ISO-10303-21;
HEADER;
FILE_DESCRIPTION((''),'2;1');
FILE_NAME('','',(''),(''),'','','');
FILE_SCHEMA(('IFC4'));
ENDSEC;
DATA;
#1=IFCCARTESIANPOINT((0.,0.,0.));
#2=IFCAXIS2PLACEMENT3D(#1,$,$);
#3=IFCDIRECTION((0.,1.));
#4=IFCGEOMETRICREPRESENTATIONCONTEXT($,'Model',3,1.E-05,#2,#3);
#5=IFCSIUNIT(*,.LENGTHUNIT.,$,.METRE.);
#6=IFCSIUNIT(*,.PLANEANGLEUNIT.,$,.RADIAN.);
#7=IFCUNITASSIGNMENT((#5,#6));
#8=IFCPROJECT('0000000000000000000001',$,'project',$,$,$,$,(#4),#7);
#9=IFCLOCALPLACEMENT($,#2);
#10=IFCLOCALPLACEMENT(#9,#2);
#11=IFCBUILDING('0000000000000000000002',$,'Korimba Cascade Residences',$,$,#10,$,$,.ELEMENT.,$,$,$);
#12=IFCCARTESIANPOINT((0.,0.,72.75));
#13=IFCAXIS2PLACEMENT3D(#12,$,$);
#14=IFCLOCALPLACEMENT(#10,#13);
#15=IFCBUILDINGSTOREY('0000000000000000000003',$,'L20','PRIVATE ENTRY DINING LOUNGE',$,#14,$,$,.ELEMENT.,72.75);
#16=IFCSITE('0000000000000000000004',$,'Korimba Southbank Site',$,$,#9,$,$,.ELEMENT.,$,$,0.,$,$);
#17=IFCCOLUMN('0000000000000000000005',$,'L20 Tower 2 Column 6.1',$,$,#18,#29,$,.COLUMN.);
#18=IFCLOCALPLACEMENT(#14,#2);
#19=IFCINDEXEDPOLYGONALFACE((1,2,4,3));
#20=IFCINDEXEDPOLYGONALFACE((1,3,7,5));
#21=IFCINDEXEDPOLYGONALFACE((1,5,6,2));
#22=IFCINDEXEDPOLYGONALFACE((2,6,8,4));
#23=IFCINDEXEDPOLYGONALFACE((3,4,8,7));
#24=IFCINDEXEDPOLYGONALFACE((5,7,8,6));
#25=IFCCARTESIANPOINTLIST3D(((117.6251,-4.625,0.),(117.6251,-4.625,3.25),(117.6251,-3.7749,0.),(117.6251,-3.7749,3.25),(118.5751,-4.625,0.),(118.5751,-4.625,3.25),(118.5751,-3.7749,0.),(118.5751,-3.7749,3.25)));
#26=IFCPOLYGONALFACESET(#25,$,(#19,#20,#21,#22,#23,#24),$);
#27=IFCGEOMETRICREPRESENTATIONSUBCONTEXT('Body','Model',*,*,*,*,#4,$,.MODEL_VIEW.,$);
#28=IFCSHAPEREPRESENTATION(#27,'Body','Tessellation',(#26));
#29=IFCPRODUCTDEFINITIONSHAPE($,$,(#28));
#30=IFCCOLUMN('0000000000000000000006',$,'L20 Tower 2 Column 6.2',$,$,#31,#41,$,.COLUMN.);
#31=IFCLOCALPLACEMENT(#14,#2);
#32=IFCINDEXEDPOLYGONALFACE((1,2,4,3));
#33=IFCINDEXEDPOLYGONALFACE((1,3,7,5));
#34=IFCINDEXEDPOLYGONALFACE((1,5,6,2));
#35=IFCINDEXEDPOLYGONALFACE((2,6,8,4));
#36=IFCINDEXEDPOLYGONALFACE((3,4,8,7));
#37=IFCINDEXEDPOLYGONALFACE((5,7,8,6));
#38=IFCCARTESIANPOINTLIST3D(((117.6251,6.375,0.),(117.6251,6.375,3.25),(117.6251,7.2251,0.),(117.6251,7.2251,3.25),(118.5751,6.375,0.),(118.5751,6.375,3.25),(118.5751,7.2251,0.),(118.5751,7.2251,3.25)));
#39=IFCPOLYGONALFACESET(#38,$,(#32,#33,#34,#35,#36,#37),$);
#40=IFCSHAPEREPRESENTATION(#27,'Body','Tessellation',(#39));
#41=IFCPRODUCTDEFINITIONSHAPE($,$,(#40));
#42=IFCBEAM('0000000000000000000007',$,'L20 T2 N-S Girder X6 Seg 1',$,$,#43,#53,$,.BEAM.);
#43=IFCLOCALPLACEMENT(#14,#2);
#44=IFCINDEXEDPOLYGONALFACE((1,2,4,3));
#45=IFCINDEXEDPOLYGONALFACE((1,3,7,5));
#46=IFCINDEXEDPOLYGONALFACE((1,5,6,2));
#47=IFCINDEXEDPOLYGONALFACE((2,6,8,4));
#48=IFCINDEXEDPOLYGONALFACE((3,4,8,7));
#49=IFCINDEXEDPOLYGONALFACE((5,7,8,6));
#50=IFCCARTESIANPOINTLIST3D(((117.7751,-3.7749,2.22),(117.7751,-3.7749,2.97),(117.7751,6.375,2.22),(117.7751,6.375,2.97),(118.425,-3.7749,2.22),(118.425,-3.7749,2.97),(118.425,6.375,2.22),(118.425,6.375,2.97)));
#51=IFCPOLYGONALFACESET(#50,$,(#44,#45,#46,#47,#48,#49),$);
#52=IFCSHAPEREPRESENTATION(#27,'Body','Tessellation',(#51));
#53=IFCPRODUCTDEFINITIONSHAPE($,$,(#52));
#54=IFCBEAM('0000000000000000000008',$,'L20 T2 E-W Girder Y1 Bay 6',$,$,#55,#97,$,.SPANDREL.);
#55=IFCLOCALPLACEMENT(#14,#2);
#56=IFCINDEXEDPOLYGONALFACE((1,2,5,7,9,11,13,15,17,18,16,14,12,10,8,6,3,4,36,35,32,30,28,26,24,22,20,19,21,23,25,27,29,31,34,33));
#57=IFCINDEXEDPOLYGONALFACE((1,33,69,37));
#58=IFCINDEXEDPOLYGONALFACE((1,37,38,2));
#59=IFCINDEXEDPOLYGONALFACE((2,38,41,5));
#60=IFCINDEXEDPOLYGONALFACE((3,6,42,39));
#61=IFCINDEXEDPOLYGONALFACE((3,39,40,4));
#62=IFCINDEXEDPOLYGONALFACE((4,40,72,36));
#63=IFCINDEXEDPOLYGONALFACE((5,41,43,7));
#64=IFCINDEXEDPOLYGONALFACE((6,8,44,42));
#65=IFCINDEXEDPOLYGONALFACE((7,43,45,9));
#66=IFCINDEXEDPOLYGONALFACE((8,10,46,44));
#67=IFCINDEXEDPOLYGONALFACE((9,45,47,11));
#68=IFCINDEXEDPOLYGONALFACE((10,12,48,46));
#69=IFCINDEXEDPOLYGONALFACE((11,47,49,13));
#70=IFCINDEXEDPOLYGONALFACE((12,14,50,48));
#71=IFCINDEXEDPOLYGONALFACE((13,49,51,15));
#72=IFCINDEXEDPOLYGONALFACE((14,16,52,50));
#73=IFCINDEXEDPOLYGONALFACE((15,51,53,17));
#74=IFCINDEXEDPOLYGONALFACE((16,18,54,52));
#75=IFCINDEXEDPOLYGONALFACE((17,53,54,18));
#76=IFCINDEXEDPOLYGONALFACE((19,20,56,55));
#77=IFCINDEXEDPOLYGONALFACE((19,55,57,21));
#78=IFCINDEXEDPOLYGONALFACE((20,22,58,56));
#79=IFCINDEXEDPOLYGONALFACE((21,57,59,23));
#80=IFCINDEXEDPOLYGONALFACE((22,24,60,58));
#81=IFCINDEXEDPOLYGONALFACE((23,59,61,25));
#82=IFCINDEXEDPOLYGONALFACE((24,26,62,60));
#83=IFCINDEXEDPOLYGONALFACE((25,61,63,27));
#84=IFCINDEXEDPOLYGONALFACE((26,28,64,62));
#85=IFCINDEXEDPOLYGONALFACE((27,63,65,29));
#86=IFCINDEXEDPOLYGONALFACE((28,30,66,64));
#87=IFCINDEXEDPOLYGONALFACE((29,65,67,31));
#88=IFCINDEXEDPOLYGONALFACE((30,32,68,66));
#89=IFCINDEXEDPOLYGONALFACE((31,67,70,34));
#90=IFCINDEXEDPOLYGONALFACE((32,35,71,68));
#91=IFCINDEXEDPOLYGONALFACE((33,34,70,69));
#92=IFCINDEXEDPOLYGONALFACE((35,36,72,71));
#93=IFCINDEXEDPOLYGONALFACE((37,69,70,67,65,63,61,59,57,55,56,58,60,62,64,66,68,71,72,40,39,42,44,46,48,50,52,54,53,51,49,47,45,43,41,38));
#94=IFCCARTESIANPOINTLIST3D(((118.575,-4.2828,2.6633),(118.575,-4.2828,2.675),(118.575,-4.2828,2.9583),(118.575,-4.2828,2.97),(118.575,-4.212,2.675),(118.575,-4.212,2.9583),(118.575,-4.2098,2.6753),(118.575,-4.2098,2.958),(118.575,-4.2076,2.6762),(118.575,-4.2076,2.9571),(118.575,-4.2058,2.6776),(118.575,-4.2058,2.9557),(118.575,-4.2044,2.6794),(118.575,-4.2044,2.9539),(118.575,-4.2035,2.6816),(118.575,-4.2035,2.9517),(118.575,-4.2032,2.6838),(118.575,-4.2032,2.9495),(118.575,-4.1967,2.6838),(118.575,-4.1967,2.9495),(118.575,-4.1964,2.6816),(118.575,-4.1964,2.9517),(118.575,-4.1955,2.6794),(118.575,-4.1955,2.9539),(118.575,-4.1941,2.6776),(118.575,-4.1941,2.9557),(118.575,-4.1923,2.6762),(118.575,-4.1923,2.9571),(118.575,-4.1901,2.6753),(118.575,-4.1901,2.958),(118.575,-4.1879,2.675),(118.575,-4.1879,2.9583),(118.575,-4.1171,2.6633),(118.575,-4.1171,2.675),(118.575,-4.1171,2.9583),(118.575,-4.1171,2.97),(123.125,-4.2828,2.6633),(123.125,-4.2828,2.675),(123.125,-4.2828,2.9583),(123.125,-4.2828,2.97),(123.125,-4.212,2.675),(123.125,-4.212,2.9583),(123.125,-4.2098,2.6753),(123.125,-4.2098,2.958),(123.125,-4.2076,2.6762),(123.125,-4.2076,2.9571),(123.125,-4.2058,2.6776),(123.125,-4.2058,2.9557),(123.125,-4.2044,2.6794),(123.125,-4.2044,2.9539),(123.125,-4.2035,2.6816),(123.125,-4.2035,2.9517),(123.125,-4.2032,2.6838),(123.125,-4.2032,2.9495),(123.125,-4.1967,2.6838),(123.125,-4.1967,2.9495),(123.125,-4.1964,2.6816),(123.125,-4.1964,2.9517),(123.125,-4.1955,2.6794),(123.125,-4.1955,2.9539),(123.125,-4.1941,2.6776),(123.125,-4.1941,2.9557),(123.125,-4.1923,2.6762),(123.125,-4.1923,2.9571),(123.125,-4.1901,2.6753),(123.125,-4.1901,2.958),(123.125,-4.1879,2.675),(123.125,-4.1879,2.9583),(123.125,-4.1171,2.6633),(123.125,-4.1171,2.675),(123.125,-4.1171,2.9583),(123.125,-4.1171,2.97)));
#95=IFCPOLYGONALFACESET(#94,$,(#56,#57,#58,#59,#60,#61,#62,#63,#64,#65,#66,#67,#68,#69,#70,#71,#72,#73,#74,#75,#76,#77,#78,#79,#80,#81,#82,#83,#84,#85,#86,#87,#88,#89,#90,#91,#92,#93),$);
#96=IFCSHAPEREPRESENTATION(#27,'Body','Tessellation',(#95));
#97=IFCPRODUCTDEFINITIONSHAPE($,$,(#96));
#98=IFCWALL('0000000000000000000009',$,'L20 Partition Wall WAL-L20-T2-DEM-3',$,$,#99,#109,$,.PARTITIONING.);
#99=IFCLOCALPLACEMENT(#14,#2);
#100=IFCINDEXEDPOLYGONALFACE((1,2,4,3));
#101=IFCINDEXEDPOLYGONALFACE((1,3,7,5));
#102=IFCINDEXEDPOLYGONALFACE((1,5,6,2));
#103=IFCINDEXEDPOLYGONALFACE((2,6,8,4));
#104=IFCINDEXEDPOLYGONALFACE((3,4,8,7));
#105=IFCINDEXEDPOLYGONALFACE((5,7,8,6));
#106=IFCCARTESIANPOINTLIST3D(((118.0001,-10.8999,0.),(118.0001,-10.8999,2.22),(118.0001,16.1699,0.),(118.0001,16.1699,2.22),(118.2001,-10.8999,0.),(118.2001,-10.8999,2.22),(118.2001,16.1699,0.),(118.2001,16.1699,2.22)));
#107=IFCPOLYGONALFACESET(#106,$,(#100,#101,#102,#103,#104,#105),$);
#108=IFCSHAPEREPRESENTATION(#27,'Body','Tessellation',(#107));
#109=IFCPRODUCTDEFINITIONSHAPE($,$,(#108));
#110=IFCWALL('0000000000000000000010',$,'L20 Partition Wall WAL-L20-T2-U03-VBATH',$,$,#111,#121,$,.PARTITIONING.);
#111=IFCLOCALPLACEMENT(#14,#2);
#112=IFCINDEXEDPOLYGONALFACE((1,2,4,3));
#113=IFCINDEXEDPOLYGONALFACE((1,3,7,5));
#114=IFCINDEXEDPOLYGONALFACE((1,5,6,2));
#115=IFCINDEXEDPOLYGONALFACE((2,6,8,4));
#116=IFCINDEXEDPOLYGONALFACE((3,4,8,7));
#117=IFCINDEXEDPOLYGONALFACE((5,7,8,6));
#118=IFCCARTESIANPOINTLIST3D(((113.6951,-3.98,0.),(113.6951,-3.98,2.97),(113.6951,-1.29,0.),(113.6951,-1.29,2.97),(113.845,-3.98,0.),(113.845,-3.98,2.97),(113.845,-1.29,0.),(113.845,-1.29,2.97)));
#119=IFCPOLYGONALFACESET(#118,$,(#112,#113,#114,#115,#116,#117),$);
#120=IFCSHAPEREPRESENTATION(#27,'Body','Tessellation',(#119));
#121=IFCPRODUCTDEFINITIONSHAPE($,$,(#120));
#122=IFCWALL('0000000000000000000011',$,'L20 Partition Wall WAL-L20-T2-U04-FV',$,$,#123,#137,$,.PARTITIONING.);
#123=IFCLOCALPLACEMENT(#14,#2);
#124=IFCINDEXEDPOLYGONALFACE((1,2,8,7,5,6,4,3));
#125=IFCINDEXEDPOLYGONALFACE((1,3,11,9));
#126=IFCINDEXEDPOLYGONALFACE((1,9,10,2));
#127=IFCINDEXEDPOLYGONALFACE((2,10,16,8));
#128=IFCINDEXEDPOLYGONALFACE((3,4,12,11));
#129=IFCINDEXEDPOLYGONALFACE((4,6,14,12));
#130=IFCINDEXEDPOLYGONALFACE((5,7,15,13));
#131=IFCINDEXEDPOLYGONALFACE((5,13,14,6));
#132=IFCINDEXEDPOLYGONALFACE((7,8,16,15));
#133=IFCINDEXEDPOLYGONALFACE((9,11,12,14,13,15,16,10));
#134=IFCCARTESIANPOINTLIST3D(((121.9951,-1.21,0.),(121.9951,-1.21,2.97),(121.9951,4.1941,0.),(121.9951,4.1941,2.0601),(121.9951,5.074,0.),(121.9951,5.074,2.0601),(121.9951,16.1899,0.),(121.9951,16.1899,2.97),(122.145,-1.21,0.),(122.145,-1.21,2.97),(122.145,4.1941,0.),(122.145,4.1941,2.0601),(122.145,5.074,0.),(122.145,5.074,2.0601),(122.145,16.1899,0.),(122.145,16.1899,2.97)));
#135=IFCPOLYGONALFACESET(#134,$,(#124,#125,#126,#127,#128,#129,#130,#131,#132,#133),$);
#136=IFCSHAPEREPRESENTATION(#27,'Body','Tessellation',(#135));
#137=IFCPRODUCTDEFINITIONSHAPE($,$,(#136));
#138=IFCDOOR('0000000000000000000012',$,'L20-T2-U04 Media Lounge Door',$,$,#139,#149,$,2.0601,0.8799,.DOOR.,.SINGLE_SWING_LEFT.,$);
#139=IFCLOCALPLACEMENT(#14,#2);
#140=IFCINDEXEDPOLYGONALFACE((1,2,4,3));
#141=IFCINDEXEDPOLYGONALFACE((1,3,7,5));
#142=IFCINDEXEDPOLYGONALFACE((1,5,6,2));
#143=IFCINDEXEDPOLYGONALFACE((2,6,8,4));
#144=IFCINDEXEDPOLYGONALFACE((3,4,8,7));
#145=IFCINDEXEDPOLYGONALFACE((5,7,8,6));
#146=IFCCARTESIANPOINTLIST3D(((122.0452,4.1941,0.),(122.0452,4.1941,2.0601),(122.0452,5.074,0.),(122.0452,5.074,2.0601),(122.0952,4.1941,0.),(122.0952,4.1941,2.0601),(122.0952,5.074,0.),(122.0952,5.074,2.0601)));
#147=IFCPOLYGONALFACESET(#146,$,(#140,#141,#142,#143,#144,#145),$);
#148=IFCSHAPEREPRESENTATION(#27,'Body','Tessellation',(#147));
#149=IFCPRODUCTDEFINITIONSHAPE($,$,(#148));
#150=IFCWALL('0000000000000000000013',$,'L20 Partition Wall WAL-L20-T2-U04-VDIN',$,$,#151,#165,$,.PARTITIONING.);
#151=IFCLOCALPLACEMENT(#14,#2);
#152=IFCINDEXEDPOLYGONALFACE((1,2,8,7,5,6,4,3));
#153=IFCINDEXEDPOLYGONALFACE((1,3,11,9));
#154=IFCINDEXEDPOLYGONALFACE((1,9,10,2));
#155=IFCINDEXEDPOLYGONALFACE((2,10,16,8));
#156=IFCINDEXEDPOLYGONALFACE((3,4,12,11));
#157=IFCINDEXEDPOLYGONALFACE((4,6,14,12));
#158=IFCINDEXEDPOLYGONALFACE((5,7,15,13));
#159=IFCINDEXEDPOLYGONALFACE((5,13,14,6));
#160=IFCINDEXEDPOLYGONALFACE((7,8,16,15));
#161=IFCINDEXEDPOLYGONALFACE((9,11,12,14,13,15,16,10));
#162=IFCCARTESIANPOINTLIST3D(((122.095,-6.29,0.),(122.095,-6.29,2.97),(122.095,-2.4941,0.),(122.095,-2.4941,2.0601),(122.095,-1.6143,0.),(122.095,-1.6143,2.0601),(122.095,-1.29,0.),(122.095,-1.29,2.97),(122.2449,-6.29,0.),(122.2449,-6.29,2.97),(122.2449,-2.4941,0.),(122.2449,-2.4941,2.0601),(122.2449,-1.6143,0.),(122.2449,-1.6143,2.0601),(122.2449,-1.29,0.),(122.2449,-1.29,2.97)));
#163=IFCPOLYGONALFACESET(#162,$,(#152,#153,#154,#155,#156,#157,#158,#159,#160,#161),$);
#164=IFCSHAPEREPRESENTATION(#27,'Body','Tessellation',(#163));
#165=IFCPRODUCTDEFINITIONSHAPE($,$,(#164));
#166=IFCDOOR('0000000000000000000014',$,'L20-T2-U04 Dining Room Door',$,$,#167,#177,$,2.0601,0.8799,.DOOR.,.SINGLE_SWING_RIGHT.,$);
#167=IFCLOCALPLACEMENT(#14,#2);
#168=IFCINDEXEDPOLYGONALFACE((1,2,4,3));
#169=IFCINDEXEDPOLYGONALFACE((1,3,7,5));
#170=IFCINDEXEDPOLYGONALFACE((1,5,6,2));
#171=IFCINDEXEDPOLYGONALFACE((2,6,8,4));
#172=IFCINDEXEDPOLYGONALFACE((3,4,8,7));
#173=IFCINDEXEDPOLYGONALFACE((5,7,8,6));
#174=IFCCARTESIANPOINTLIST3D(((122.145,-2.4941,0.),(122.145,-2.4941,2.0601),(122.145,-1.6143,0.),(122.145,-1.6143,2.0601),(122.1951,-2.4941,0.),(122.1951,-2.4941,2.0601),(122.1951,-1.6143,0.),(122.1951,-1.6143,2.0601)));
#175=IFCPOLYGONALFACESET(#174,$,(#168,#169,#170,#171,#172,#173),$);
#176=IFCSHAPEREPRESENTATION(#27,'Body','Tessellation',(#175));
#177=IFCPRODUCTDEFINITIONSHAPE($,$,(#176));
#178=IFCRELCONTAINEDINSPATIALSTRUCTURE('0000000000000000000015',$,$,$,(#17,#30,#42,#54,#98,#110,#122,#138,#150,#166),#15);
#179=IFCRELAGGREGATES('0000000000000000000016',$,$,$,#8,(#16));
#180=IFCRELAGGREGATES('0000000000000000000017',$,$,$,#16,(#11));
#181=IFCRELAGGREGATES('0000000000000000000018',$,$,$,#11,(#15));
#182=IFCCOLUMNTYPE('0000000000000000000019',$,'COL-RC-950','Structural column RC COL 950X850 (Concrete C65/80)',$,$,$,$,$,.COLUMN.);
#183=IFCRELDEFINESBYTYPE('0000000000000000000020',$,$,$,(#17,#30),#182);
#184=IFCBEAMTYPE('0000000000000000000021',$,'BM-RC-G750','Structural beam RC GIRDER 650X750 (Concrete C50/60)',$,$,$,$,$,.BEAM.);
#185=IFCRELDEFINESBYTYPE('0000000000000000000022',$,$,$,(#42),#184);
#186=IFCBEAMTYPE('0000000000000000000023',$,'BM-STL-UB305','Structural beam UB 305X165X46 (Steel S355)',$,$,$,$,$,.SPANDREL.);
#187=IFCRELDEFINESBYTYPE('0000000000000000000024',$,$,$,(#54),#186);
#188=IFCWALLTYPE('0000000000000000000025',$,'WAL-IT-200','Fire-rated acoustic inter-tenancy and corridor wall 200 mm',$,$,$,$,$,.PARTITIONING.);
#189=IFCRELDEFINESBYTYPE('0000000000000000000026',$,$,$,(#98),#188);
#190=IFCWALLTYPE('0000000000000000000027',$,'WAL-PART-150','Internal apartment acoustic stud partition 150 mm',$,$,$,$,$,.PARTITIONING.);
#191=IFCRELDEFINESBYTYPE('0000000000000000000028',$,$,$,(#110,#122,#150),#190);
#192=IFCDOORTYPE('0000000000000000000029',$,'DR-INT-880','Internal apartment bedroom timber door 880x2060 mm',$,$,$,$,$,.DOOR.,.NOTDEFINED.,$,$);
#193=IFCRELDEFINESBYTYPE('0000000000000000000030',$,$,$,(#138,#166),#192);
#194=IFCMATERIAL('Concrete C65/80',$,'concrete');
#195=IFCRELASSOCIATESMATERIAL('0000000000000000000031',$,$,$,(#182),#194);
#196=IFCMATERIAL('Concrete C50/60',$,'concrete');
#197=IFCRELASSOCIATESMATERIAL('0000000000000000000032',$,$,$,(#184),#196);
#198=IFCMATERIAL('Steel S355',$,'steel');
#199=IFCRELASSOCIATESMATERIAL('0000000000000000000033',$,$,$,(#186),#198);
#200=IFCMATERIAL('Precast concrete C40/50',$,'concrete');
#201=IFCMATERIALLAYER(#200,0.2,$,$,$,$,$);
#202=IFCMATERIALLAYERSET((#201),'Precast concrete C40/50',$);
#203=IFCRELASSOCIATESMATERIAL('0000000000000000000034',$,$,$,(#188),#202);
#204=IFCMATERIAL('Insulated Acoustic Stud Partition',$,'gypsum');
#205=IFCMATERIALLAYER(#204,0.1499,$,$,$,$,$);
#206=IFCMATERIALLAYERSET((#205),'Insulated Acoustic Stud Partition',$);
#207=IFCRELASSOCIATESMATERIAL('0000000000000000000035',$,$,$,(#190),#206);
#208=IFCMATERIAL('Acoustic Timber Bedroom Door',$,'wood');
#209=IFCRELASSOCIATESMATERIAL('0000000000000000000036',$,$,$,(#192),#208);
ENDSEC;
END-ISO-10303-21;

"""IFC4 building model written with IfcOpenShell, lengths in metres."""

from ifc_helpers import new_model, si_unit, direction, frame, frame_2d, origin, origin_2d, place, context, subcontext, project, spatial, rectangle, i_section, extrude, material, layer, layer_set, material_profile, profile_set, type_object, element, fill, save


model = new_model("IFC4")

# Units and contexts
model_context = context("Model", 3, precision=1e-05, world=origin(), true_north=direction((0.0, 1.0)))
body_context = subcontext(model_context, "Body", "Model", "MODEL_VIEW")
ifc_project = project(units=[si_unit("LENGTHUNIT", "METRE"), si_unit("PLANEANGLEUNIT", "RADIAN")], contexts=[model_context])

# Site, building, storey
site_placement = place(None, origin())
site = spatial("IfcSite", under=ifc_project, at=site_placement, Name="Korimba Southbank Site", CompositionType="ELEMENT", RefElevation=0.0)
building_placement = place(site_placement, origin())
building = spatial("IfcBuilding", under=site, at=building_placement, Name="Korimba Cascade Residences", CompositionType="ELEMENT")
storey_placement = place(building_placement, frame((0.0, 0.0, 72.75)))
storey = spatial("IfcBuildingStorey", under=building, at=storey_placement, Name="L20", Description="PRIVATE ENTRY DINING LOUNGE", CompositionType="ELEMENT", Elevation=72.75)

# Columns
ifc_material_1 = material(Name="Concrete C65/80", Category="concrete")
ifc_material_profile_1 = material_profile(ifc_material_1, rectangle(XDim=0.95, YDim=0.8501, at=origin_2d()), Name="Concrete C65/80")
ifc_profile_set_1 = profile_set([ifc_material_profile_1], Name="Concrete C65/80")
column_type = type_object("IfcColumnType", Name="COL-RC-950", Description="Structural column RC COL 950X850 (Concrete C65/80)", PredefinedType="COLUMN", material=ifc_profile_set_1)
for number, where, z_axis, x_axis, name in (
    (1, (118.1001, -4.2, 0.0), (0.0, 0.0, 1.0), (1.0, 0.0, 0.0), "L20 Tower 2 Column 6.1"),
    (2, (118.1001, 6.8, 0.0), (0.0, 0.0, 1.0), (1.0, 0.0, 0.0), "L20 Tower 2 Column 6.2"),
):
    element("IfcColumn", number, at=place(storey_placement, frame(where, z_axis=z_axis, x_axis=x_axis)), inside=storey, type_object=column_type, Name=name, PredefinedType="COLUMN", context=body_context, shape_type="SweptSolid", body=[
        extrude(rectangle(XDim=0.95, YDim=0.8501, at=origin_2d()), origin(), (0.0, 0.0, 1.0), 3.25),
    ])

# Beams
ifc_material_2 = material(Name="Concrete C50/60", Category="concrete")
ifc_material_profile_2 = material_profile(ifc_material_2, rectangle(XDim=0.6499, YDim=0.75, at=origin_2d()), Name="Concrete C50/60")
ifc_profile_set_2 = profile_set([ifc_material_profile_2], Name="Concrete C50/60")
beam_type_1 = type_object("IfcBeamType", Name="BM-RC-G750", Description="Structural beam RC GIRDER 650X750 (Concrete C50/60)", PredefinedType="BEAM", material=ifc_profile_set_2)
beam_1_placement = place(storey_placement, frame((118.1001, -3.7749, 2.595), z_axis=(0.0, 1.0, 0.0), x_axis=(-1.0, 0.0, 0.0)))
element("IfcBeam", 3, at=beam_1_placement, inside=storey, type_object=beam_type_1, Name="L20 T2 N-S Girder X6 Seg 1", PredefinedType="BEAM", context=body_context, shape_type="SweptSolid", body=[
    extrude(rectangle(XDim=0.6499, YDim=0.75, at=origin_2d()), origin(), (0.0, 0.0, 1.0), 10.1499),
])
ifc_material_3 = material(Name="Steel S355", Category="steel")
ifc_material_profile_3 = material_profile(ifc_material_3, i_section(OverallWidth=0.1658, OverallDepth=0.3066, WebThickness=0.0066, FlangeThickness=0.0117, FilletRadius=0.0088, at=origin_2d()), Name="Steel S355")
ifc_profile_set_3 = profile_set([ifc_material_profile_3], Name="Steel S355")
beam_type_2 = type_object("IfcBeamType", Name="BM-STL-UB305", Description="Structural beam UB 305X165X46 (Steel S355)", PredefinedType="SPANDREL", material=ifc_profile_set_3)
beam_2_placement = place(storey_placement, frame((118.575, -4.2, 2.8167), z_axis=(1.0, 0.0, 0.0), x_axis=(0.0, 1.0, 0.0)))
element("IfcBeam", 4, at=beam_2_placement, inside=storey, type_object=beam_type_2, Name="L20 T2 E-W Girder Y1 Bay 6", PredefinedType="SPANDREL", context=body_context, shape_type="SweptSolid", body=[
    extrude(i_section(OverallWidth=0.1658, OverallDepth=0.3066, WebThickness=0.0066, FlangeThickness=0.0117, FilletRadius=0.0088, at=origin_2d()), origin(), (0.0, 0.0, 1.0), 4.55),
])

# Walls
ifc_material_4 = material(Name="Precast concrete C40/50", Category="concrete")
ifc_layer_1 = layer(ifc_material_4, 0.2)
ifc_layer_set_1 = layer_set([ifc_layer_1], Name="Precast concrete C40/50")
wall_type_1 = type_object("IfcWallType", Name="WAL-IT-200", Description="Fire-rated acoustic inter-tenancy and corridor wall 200 mm", PredefinedType="PARTITIONING", material=ifc_layer_set_1)
wall_1_placement = place(storey_placement, frame((118.1001, -10.8999, 0.0), z_axis=(0.0, 0.0, 1.0), x_axis=(0.0, 1.0, 0.0)))
element("IfcWall", 5, at=wall_1_placement, inside=storey, type_object=wall_type_1, Name="L20 Partition Wall WAL-L20-T2-DEM-3", PredefinedType="PARTITIONING", context=body_context, shape_type="SweptSolid", body=[
    extrude(rectangle(XDim=27.0698, YDim=0.2, at=frame_2d((13.5349, 0.0))), origin(), (0.0, 0.0, 1.0), 2.22),
])
ifc_material_5 = material(Name="Insulated Acoustic Stud Partition", Category="gypsum")
ifc_layer_2 = layer(ifc_material_5, 0.1499)
ifc_layer_set_2 = layer_set([ifc_layer_2], Name="Insulated Acoustic Stud Partition")
wall_type_2 = type_object("IfcWallType", Name="WAL-PART-150", Description="Internal apartment acoustic stud partition 150 mm", PredefinedType="PARTITIONING", material=ifc_layer_set_2)
wall_2_placement = place(storey_placement, frame((113.77, -3.98, 0.0), z_axis=(0.0, 0.0, 1.0), x_axis=(0.0, 1.0, 0.0)))
element("IfcWall", 6, at=wall_2_placement, inside=storey, type_object=wall_type_2, Name="L20 Partition Wall WAL-L20-T2-U03-VBATH", PredefinedType="PARTITIONING", context=body_context, shape_type="SweptSolid", body=[
    extrude(rectangle(XDim=2.6899, YDim=0.1499, at=frame_2d((1.345, 0.0))), origin(), (0.0, 0.0, 1.0), 2.97),
])

# Walls, openings, doors
wall_3_placement = place(storey_placement, frame((122.0701, -1.21, 0.0), z_axis=(0.0, 0.0, 1.0), x_axis=(0.0, 1.0, 0.0)))
wall_3 = element("IfcWall", 7, at=wall_3_placement, inside=storey, type_object=wall_type_2, Name="L20 Partition Wall WAL-L20-T2-U04-FV", PredefinedType="PARTITIONING", context=body_context, shape_type="SweptSolid", body=[
    extrude(rectangle(XDim=17.3999, YDim=0.1499, at=frame_2d((8.7, 0.0))), origin(), (0.0, 0.0, 1.0), 2.97),
])
opening_1_placement = place(wall_3_placement, frame((5.4041, 0.0, 0.0)))
opening_1 = element("IfcOpeningElement", 8, at=opening_1_placement, cuts=wall_3, PredefinedType="OPENING", context=body_context, shape_type="SweptSolid", body=[
    extrude(rectangle(XDim=0.8799, YDim=2.0601, at=frame_2d((0.4399, 1.03))), frame((0.0, 0.085, 0.0), z_axis=(0.0, -1.0, 0.0), x_axis=(1.0, 0.0, 0.0)), (0.0, 0.0, 1.0), 0.1699),
])
ifc_material_6 = material(Name="Acoustic Timber Bedroom Door", Category="wood")
door_type_1 = type_object("IfcDoorType", Name="DR-INT-880", Description="Internal apartment bedroom timber door 880x2060 mm", OperationType="NOTDEFINED", PredefinedType="DOOR", material=ifc_material_6)
door_1_placement = place(opening_1_placement, origin())
door_1 = element("IfcDoor", 9, at=door_1_placement, inside=storey, type_object=door_type_1, Name="L20-T2-U04 Media Lounge Door", OperationType="SINGLE_SWING_LEFT", OverallHeight=2.0601, OverallWidth=0.8799, PredefinedType="DOOR", context=body_context, shape_type="SweptSolid", body=[
    extrude(rectangle(XDim=0.8799, YDim=2.0601, at=frame_2d((0.4399, 1.03))), frame((0.0, 0.0249, 0.0), z_axis=(0.0, -1.0, 0.0), x_axis=(1.0, 0.0, 0.0)), (0.0, 0.0, 1.0), 0.05),
])
fill(opening_1, door_1)
wall_4_placement = place(storey_placement, frame((122.1699, -6.29, 0.0), z_axis=(0.0, 0.0, 1.0), x_axis=(0.0, 1.0, 0.0)))
wall_4 = element("IfcWall", 10, at=wall_4_placement, inside=storey, type_object=wall_type_2, Name="L20 Partition Wall WAL-L20-T2-U04-VDIN", PredefinedType="PARTITIONING", context=body_context, shape_type="SweptSolid", body=[
    extrude(rectangle(XDim=5.0, YDim=0.1499, at=frame_2d((2.5, 0.0))), origin(), (0.0, 0.0, 1.0), 2.97),
])
opening_2_placement = place(wall_4_placement, frame((3.7959, 0.0, 0.0)))
opening_2 = element("IfcOpeningElement", 11, at=opening_2_placement, cuts=wall_4, PredefinedType="OPENING", context=body_context, shape_type="SweptSolid", body=[
    extrude(rectangle(XDim=0.8799, YDim=2.0601, at=frame_2d((0.4399, 1.03))), frame((0.0, 0.085, 0.0), z_axis=(0.0, -1.0, 0.0), x_axis=(1.0, 0.0, 0.0)), (0.0, 0.0, 1.0), 0.1699),
])
door_2_placement = place(opening_2_placement, origin())
door_2 = element("IfcDoor", 12, at=door_2_placement, inside=storey, type_object=door_type_1, Name="L20-T2-U04 Dining Room Door", OperationType="SINGLE_SWING_RIGHT", OverallHeight=2.0601, OverallWidth=0.8799, PredefinedType="DOOR", context=body_context, shape_type="SweptSolid", body=[
    extrude(rectangle(XDim=0.8799, YDim=2.0601, at=frame_2d((0.4399, 1.03))), frame((0.0, 0.0249, 0.0), z_axis=(0.0, -1.0, 0.0), x_axis=(1.0, 0.0, 0.0)), (0.0, 0.0, 1.0), 0.05),
])
fill(opening_2, door_2)

save(model, "model.ifc")
